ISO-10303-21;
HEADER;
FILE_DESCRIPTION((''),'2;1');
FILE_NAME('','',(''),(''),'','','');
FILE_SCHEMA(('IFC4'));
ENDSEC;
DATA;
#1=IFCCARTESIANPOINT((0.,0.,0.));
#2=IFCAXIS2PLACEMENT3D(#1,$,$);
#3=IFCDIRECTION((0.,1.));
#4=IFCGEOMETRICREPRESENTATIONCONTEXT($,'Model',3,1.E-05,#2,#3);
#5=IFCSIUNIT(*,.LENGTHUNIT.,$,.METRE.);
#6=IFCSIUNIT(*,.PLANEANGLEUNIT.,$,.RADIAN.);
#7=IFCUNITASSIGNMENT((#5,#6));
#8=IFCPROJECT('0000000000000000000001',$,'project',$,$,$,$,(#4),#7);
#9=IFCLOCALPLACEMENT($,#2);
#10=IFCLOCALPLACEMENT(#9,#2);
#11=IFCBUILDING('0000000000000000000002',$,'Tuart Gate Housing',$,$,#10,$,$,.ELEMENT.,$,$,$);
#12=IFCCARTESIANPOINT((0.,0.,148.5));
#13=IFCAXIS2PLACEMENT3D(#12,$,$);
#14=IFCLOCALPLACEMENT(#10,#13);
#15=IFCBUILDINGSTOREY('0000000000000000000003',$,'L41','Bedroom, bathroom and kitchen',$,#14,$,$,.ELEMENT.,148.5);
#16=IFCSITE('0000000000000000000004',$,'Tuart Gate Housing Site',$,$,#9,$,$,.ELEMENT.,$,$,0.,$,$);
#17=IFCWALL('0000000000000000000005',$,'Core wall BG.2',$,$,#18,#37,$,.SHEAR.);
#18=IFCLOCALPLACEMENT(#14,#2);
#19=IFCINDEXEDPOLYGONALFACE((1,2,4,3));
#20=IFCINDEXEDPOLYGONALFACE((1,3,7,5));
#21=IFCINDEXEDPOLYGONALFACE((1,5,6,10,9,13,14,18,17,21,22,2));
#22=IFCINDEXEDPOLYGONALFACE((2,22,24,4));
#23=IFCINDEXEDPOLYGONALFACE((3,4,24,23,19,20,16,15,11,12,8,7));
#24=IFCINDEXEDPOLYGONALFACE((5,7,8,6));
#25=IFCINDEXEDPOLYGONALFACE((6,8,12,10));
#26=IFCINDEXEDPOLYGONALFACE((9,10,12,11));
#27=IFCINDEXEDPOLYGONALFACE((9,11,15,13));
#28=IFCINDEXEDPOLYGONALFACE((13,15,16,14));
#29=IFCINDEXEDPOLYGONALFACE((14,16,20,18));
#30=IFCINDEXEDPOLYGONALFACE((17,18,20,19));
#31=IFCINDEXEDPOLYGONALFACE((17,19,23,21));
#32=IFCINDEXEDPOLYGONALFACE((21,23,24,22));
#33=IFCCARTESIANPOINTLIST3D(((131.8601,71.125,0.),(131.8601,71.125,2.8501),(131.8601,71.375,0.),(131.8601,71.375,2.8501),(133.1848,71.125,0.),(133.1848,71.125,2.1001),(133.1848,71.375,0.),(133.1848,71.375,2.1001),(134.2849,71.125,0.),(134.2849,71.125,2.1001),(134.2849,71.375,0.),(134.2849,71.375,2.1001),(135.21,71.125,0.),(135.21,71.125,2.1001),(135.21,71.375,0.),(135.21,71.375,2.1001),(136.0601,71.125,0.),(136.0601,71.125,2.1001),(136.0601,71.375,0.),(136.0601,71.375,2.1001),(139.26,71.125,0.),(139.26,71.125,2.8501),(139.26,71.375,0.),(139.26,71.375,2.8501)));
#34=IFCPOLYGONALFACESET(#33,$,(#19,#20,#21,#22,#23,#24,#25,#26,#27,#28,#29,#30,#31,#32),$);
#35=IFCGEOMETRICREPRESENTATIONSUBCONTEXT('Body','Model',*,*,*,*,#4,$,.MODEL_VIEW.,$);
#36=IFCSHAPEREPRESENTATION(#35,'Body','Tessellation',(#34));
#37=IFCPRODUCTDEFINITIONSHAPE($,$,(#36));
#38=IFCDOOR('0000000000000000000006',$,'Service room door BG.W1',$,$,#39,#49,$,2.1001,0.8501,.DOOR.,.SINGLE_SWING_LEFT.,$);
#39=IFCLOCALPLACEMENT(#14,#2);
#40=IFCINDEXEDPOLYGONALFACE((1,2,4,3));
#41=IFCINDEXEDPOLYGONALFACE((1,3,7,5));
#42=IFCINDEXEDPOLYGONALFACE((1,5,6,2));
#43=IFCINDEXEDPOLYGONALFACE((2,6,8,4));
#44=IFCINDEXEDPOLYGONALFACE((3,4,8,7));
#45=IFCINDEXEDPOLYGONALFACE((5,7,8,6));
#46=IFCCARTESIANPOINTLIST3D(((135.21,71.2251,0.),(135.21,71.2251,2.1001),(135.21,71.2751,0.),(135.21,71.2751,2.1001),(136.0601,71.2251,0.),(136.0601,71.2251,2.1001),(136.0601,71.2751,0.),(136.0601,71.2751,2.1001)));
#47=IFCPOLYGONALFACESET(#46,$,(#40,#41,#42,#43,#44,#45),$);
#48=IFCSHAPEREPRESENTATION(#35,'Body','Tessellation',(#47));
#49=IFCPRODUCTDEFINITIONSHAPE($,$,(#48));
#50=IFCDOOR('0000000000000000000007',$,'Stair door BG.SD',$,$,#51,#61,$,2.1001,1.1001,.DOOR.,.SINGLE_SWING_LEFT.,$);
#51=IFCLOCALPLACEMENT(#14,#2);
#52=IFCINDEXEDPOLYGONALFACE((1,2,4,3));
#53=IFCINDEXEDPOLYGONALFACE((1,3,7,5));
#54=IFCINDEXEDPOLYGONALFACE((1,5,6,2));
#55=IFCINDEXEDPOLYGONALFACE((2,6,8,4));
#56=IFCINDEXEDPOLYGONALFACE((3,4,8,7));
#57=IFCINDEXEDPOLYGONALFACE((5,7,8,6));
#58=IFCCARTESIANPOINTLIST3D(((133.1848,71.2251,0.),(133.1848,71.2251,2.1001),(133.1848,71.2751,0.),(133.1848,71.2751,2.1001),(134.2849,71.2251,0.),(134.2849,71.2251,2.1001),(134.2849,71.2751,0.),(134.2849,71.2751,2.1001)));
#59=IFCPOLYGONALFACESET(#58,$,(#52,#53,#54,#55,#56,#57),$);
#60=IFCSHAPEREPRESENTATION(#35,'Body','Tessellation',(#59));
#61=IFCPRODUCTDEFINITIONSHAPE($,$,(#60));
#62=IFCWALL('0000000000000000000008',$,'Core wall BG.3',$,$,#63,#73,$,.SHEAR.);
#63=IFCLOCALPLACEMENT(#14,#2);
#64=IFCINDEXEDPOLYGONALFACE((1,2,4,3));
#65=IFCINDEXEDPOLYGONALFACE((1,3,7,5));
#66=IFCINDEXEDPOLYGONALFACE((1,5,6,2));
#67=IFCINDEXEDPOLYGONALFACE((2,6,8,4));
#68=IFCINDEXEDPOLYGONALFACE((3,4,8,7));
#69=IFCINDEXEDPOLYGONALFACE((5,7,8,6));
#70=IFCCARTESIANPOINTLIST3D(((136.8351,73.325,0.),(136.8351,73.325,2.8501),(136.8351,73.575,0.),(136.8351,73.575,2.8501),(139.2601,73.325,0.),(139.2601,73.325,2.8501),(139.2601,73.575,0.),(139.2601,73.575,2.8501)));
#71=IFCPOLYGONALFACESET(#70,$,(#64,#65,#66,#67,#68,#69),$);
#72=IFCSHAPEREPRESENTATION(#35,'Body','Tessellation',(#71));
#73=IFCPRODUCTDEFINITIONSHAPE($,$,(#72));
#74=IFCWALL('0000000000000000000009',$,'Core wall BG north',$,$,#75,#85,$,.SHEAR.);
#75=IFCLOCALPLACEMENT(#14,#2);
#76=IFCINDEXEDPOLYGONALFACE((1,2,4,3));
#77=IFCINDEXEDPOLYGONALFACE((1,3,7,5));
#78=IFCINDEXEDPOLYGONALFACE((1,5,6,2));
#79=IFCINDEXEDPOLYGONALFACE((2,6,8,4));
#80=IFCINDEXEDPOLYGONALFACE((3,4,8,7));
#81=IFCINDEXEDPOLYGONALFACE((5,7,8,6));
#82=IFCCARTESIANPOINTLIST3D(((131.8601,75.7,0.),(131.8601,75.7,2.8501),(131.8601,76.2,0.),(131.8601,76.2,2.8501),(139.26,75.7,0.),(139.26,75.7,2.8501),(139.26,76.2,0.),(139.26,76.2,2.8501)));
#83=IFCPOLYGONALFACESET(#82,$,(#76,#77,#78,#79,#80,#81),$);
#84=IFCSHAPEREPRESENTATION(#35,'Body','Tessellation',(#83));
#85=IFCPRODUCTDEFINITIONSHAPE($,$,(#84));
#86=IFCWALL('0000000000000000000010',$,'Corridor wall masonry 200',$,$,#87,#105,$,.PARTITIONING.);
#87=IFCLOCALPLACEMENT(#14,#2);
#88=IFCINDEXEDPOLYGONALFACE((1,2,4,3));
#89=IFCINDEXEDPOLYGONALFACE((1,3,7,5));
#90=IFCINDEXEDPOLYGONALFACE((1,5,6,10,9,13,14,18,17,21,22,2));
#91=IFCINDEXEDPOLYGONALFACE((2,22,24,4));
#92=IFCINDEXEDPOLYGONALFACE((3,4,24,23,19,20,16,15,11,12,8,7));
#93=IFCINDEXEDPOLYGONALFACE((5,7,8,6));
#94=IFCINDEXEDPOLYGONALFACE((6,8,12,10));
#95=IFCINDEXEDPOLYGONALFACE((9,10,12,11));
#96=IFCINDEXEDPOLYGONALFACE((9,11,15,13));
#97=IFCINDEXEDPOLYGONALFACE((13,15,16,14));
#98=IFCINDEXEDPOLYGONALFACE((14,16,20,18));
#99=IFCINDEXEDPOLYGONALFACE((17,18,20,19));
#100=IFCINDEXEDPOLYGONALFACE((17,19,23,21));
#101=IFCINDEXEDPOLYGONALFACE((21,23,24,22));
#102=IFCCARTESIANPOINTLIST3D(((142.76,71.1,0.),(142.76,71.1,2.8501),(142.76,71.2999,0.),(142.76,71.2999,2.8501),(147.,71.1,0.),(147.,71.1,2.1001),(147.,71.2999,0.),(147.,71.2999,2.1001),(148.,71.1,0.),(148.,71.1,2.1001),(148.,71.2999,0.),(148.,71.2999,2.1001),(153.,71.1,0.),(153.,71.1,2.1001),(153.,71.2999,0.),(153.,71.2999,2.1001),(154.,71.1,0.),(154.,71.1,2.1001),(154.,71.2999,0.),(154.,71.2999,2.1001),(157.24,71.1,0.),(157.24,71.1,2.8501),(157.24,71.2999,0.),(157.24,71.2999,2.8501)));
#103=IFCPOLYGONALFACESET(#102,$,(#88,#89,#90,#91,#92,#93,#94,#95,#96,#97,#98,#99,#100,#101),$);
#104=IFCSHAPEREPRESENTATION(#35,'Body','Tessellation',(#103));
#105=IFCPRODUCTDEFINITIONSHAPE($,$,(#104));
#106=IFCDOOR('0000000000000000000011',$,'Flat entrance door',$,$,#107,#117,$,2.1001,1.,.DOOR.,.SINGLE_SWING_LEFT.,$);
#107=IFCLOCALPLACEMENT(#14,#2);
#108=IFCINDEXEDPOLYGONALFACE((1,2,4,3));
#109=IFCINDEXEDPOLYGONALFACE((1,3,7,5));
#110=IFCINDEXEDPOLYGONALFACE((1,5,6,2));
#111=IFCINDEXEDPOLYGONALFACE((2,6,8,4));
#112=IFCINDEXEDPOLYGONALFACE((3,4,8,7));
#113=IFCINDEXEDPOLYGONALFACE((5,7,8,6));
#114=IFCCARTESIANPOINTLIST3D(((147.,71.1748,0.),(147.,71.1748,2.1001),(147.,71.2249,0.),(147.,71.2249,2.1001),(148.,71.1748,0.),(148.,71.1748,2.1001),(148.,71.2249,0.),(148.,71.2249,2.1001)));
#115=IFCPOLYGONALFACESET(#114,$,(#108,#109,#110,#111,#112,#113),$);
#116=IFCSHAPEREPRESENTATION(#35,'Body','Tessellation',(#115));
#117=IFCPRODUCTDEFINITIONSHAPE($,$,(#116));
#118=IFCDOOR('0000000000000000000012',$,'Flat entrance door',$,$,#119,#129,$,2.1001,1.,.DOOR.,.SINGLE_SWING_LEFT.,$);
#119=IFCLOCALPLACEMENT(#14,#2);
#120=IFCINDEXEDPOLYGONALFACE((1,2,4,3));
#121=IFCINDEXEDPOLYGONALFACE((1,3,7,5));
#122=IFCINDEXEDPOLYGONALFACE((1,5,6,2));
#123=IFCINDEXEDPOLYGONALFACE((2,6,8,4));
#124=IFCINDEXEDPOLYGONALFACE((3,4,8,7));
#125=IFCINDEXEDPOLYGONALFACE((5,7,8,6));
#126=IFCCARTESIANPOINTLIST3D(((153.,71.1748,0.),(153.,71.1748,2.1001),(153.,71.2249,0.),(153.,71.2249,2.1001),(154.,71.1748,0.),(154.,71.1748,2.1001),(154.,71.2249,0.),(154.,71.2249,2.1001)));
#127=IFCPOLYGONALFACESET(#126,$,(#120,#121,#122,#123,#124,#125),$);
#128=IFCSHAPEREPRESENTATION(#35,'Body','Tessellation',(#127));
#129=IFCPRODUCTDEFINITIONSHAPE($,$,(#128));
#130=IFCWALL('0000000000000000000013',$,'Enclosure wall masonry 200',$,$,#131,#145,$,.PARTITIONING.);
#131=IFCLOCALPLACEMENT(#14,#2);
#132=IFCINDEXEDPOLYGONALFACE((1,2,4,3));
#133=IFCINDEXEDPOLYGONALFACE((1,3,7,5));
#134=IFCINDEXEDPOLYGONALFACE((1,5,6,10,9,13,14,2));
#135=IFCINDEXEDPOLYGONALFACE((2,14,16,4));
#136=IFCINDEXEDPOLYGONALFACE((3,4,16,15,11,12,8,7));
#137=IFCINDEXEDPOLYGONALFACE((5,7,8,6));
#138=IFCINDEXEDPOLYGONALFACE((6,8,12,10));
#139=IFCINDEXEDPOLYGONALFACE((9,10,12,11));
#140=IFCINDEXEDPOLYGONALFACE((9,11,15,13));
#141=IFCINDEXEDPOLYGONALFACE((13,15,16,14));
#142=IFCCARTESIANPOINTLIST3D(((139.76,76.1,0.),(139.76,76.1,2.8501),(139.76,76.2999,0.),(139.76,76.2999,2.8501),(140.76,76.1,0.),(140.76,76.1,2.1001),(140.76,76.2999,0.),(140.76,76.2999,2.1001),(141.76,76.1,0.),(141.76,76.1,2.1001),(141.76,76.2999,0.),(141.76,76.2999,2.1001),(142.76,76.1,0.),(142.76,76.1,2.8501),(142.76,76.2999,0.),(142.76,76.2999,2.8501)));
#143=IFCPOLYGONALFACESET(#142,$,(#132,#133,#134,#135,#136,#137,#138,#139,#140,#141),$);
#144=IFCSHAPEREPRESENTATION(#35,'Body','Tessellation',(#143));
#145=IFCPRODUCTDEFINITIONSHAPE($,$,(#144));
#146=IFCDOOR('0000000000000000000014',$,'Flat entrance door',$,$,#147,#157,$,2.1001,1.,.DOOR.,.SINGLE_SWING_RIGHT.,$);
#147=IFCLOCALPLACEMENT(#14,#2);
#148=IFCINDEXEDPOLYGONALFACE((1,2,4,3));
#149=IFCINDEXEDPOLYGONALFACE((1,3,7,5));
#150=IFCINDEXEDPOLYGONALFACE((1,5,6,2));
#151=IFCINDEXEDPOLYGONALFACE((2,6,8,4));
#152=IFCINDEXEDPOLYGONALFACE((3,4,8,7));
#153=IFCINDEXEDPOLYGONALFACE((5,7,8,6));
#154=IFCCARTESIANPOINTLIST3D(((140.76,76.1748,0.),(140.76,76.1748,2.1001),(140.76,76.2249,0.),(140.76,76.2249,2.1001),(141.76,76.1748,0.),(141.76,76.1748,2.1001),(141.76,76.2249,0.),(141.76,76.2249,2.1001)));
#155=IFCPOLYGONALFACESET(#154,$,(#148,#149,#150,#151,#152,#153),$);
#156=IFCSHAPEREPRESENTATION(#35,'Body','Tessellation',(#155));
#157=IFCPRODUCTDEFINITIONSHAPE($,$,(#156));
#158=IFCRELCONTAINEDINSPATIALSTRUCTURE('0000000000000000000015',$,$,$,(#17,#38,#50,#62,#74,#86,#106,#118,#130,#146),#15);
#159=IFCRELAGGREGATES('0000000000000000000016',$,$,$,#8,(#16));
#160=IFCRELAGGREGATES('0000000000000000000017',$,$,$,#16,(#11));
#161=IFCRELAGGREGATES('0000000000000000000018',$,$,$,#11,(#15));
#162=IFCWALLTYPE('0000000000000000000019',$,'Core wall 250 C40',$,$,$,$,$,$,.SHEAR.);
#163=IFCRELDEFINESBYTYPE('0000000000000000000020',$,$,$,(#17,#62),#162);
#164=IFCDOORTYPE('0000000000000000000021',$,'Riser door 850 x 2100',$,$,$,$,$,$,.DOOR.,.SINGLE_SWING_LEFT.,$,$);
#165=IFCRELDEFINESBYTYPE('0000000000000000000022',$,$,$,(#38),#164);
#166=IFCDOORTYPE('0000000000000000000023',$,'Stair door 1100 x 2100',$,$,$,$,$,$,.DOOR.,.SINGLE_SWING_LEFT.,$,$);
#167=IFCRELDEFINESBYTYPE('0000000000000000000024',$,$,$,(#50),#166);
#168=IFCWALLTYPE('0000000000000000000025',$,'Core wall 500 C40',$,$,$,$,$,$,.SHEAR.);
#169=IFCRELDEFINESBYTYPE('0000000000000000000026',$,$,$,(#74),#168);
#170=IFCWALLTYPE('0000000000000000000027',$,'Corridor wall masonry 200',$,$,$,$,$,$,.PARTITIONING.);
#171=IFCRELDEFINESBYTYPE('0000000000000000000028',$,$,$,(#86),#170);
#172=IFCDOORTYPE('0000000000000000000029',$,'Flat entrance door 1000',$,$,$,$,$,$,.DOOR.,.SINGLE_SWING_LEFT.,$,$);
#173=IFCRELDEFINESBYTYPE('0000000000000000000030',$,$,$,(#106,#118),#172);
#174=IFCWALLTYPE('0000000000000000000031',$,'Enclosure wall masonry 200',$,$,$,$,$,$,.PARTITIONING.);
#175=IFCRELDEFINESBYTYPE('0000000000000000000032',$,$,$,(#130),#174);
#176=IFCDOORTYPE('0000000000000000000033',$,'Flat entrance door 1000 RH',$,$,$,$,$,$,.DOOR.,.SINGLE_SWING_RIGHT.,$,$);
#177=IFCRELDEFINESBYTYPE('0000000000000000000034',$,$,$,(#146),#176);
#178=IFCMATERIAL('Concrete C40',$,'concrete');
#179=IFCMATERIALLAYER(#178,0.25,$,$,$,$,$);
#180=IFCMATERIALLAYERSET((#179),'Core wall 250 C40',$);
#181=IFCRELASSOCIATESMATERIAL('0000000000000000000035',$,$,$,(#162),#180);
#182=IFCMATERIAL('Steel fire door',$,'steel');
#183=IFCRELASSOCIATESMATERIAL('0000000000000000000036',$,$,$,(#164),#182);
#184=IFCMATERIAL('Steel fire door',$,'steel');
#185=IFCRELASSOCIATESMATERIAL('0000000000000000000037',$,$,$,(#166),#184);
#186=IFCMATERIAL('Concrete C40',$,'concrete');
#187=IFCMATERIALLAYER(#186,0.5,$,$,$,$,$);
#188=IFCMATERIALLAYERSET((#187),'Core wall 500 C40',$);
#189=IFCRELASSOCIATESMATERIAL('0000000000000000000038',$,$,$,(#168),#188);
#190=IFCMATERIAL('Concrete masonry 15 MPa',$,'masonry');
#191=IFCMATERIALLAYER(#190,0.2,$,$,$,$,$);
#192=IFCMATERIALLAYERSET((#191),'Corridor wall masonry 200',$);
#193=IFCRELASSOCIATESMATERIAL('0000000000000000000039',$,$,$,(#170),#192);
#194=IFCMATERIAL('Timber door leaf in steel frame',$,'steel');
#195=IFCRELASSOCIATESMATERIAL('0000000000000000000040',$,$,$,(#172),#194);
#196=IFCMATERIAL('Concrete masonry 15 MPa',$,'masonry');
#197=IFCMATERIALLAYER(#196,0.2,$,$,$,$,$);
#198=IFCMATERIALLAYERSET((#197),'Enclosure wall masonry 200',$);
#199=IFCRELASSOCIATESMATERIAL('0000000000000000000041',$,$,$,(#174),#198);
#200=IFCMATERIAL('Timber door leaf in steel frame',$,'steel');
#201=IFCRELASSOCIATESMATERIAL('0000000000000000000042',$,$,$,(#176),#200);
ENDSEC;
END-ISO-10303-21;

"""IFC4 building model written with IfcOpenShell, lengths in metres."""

from ifc_helpers import new_model, si_unit, direction, frame, frame_2d, origin, place, context, subcontext, project, spatial, rectangle, extrude, material, layer, layer_set, type_object, element, fill, save


model = new_model("IFC4")

# Units and contexts
model_context = context("Model", 3, precision=1e-05, world=origin(), true_north=direction((0.0, 1.0)))
body_context = subcontext(model_context, "Body", "Model", "MODEL_VIEW")
ifc_project = project(units=[si_unit("LENGTHUNIT", "METRE"), si_unit("PLANEANGLEUNIT", "RADIAN")], contexts=[model_context])

# Site, building, storey
site_placement = place(None, origin())
site = spatial("IfcSite", under=ifc_project, at=site_placement, Name="Tuart Gate Housing Site", CompositionType="ELEMENT", RefElevation=0.0)
building_placement = place(site_placement, origin())
building = spatial("IfcBuilding", under=site, at=building_placement, Name="Tuart Gate Housing", CompositionType="ELEMENT")
storey_placement = place(building_placement, frame((0.0, 0.0, 148.5)))
storey = spatial("IfcBuildingStorey", under=building, at=storey_placement, Name="L41", Description="Bedroom, bathroom and kitchen", CompositionType="ELEMENT", Elevation=148.5)

# Wall, openings, doors
ifc_material_1 = material(Name="Concrete C40", Category="concrete")
ifc_layer_1 = layer(ifc_material_1, 0.25)
ifc_layer_set_1 = layer_set([ifc_layer_1], Name="Core wall 250 C40")
wall_type_1 = type_object("IfcWallType", Name="Core wall 250 C40", PredefinedType="SHEAR", material=ifc_layer_set_1)
wall_1_placement = place(storey_placement, frame((139.26, 71.25, 0.0), z_axis=(0.0, 0.0, 1.0), x_axis=(-1.0, 0.0, 0.0)))
wall_1 = element("IfcWall", 1, at=wall_1_placement, inside=storey, type_object=wall_type_1, Name="Core wall BG.2", PredefinedType="SHEAR", context=body_context, shape_type="SweptSolid", body=[
    extrude(rectangle(XDim=7.3999, YDim=0.25, at=frame_2d((3.7, 0.0))), origin(), (0.0, 0.0, 1.0), 2.8501),
])
opening_1_placement = place(wall_1_placement, frame((4.9751, 0.0, 0.0)))
opening_1 = element("IfcOpeningElement", 2, at=opening_1_placement, cuts=wall_1, PredefinedType="OPENING", context=body_context, shape_type="SweptSolid", body=[
    extrude(rectangle(XDim=1.1001, YDim=2.1001, at=frame_2d((0.55, 1.05))), frame((0.0, 0.135, 0.0), z_axis=(0.0, -1.0, 0.0), x_axis=(1.0, 0.0, 0.0)), (0.0, 0.0, 1.0), 0.27),
])
opening_2_placement = place(wall_1_placement, frame((3.2, 0.0, 0.0)))
opening_2 = element("IfcOpeningElement", 3, at=opening_2_placement, cuts=wall_1, PredefinedType="OPENING", context=body_context, shape_type="SweptSolid", body=[
    extrude(rectangle(XDim=0.8501, YDim=2.1001, at=frame_2d((0.425, 1.05))), frame((0.0, 0.135, 0.0), z_axis=(0.0, -1.0, 0.0), x_axis=(1.0, 0.0, 0.0)), (0.0, 0.0, 1.0), 0.27),
])
ifc_material_2 = material(Name="Steel fire door", Category="steel")
door_type_1 = type_object("IfcDoorType", Name="Riser door 850 x 2100", OperationType="SINGLE_SWING_LEFT", PredefinedType="DOOR", material=ifc_material_2)
door_1_placement = place(opening_2_placement, origin())
door_1 = element("IfcDoor", 4, at=door_1_placement, inside=storey, type_object=door_type_1, Name="Service room door BG.W1", OperationType="SINGLE_SWING_LEFT", OverallHeight=2.1001, OverallWidth=0.8501, PredefinedType="DOOR", context=body_context, shape_type="SweptSolid", body=[
    extrude(rectangle(XDim=0.8501, YDim=2.1001, at=frame_2d((0.425, 1.05))), frame((0.0, 0.0249, 0.0), z_axis=(0.0, -1.0, 0.0), x_axis=(1.0, 0.0, 0.0)), (0.0, 0.0, 1.0), 0.05),
])
fill(opening_2, door_1)
ifc_material_3 = material(Name="Steel fire door", Category="steel")
door_type_2 = type_object("IfcDoorType", Name="Stair door 1100 x 2100", OperationType="SINGLE_SWING_LEFT", PredefinedType="DOOR", material=ifc_material_3)
door_2_placement = place(opening_1_placement, origin())
door_2 = element("IfcDoor", 5, at=door_2_placement, inside=storey, type_object=door_type_2, Name="Stair door BG.SD", OperationType="SINGLE_SWING_LEFT", OverallHeight=2.1001, OverallWidth=1.1001, PredefinedType="DOOR", context=body_context, shape_type="SweptSolid", body=[
    extrude(rectangle(XDim=1.1001, YDim=2.1001, at=frame_2d((0.55, 1.05))), frame((0.0, 0.0249, 0.0), z_axis=(0.0, -1.0, 0.0), x_axis=(1.0, 0.0, 0.0)), (0.0, 0.0, 1.0), 0.05),
])
fill(opening_1, door_2)

# Walls
wall_2_placement = place(storey_placement, frame((139.26, 73.45, 0.0), z_axis=(0.0, 0.0, 1.0), x_axis=(-1.0, 0.0, 0.0)))
element("IfcWall", 6, at=wall_2_placement, inside=storey, type_object=wall_type_1, Name="Core wall BG.3", PredefinedType="SHEAR", context=body_context, shape_type="SweptSolid", body=[
    extrude(rectangle(XDim=2.425, YDim=0.25, at=frame_2d((1.2124, 0.0))), origin(), (0.0, 0.0, 1.0), 2.8501),
])
ifc_material_4 = material(Name="Concrete C40", Category="concrete")
ifc_layer_2 = layer(ifc_material_4, 0.5)
ifc_layer_set_2 = layer_set([ifc_layer_2], Name="Core wall 500 C40")
wall_type_2 = type_object("IfcWallType", Name="Core wall 500 C40", PredefinedType="SHEAR", material=ifc_layer_set_2)
wall_3_placement = place(storey_placement, frame((139.26, 75.95, 0.0), z_axis=(0.0, 0.0, 1.0), x_axis=(-1.0, 0.0, 0.0)))
element("IfcWall", 7, at=wall_3_placement, inside=storey, type_object=wall_type_2, Name="Core wall BG north", PredefinedType="SHEAR", context=body_context, shape_type="SweptSolid", body=[
    extrude(rectangle(XDim=7.3999, YDim=0.5, at=frame_2d((3.7, 0.0))), origin(), (0.0, 0.0, 1.0), 2.8501),
])

# Wall, openings, doors
ifc_material_5 = material(Name="Concrete masonry 15 MPa", Category="masonry")
ifc_layer_3 = layer(ifc_material_5, 0.2)
ifc_layer_set_3 = layer_set([ifc_layer_3], Name="Corridor wall masonry 200")
wall_type_3 = type_object("IfcWallType", Name="Corridor wall masonry 200", PredefinedType="PARTITIONING", material=ifc_layer_set_3)
wall_4_placement = place(storey_placement, frame((142.76, 71.2, 0.0), z_axis=(0.0, 0.0, 1.0), x_axis=(1.0, 0.0, 0.0)))
wall_4 = element("IfcWall", 8, at=wall_4_placement, inside=storey, type_object=wall_type_3, Name="Corridor wall masonry 200", PredefinedType="PARTITIONING", context=body_context, shape_type="SweptSolid", body=[
    extrude(rectangle(XDim=14.48, YDim=0.2, at=frame_2d((7.24, 0.0))), origin(), (0.0, 0.0, 1.0), 2.8501),
])
opening_3_placement = place(wall_4_placement, frame((4.24, 0.0, 0.0)))
opening_3 = element("IfcOpeningElement", 9, at=opening_3_placement, cuts=wall_4, PredefinedType="OPENING", context=body_context, shape_type="SweptSolid", body=[
    extrude(rectangle(XDim=1.0, YDim=2.1001, at=frame_2d((0.5, 1.05))), frame((0.0, 0.1099, 0.0), z_axis=(0.0, -1.0, 0.0), x_axis=(1.0, 0.0, 0.0)), (0.0, 0.0, 1.0), 0.22),
])
opening_4_placement = place(wall_4_placement, frame((10.24, 0.0, 0.0)))
opening_4 = element("IfcOpeningElement", 10, at=opening_4_placement, cuts=wall_4, PredefinedType="OPENING", context=body_context, shape_type="SweptSolid", body=[
    extrude(rectangle(XDim=1.0, YDim=2.1001, at=frame_2d((0.5, 1.05))), frame((0.0, 0.1099, 0.0), z_axis=(0.0, -1.0, 0.0), x_axis=(1.0, 0.0, 0.0)), (0.0, 0.0, 1.0), 0.22),
])
ifc_material_6 = material(Name="Timber door leaf in steel frame", Category="steel")
door_type_3 = type_object("IfcDoorType", Name="Flat entrance door 1000", OperationType="SINGLE_SWING_LEFT", PredefinedType="DOOR", material=ifc_material_6)
door_3_placement = place(opening_3_placement, origin())
door_3 = element("IfcDoor", 11, at=door_3_placement, inside=storey, type_object=door_type_3, Name="Flat entrance door", OperationType="SINGLE_SWING_LEFT", OverallHeight=2.1001, OverallWidth=1.0, PredefinedType="DOOR", context=body_context, shape_type="SweptSolid", body=[
    extrude(rectangle(XDim=1.0, YDim=2.1001, at=frame_2d((0.5, 1.05))), frame((0.0, 0.0249, 0.0), z_axis=(0.0, -1.0, 0.0), x_axis=(1.0, 0.0, 0.0)), (0.0, 0.0, 1.0), 0.05),
])
fill(opening_3, door_3)
door_4_placement = place(opening_4_placement, origin())
door_4 = element("IfcDoor", 12, at=door_4_placement, inside=storey, type_object=door_type_3, Name="Flat entrance door", OperationType="SINGLE_SWING_LEFT", OverallHeight=2.1001, OverallWidth=1.0, PredefinedType="DOOR", context=body_context, shape_type="SweptSolid", body=[
    extrude(rectangle(XDim=1.0, YDim=2.1001, at=frame_2d((0.5, 1.05))), frame((0.0, 0.0249, 0.0), z_axis=(0.0, -1.0, 0.0), x_axis=(1.0, 0.0, 0.0)), (0.0, 0.0, 1.0), 0.05),
])
fill(opening_4, door_4)

# Wall, opening, door
ifc_material_7 = material(Name="Concrete masonry 15 MPa", Category="masonry")
ifc_layer_4 = layer(ifc_material_7, 0.2)
ifc_layer_set_4 = layer_set([ifc_layer_4], Name="Enclosure wall masonry 200")
wall_type_4 = type_object("IfcWallType", Name="Enclosure wall masonry 200", PredefinedType="PARTITIONING", material=ifc_layer_set_4)
wall_5_placement = place(storey_placement, frame((139.76, 76.2, 0.0), z_axis=(0.0, 0.0, 1.0), x_axis=(1.0, 0.0, 0.0)))
wall_5 = element("IfcWall", 13, at=wall_5_placement, inside=storey, type_object=wall_type_4, Name="Enclosure wall masonry 200", PredefinedType="PARTITIONING", context=body_context, shape_type="SweptSolid", body=[
    extrude(rectangle(XDim=3.0, YDim=0.2, at=frame_2d((1.5, 0.0))), origin(), (0.0, 0.0, 1.0), 2.8501),
])
opening_5_placement = place(wall_5_placement, frame((1.0, 0.0, 0.0)))
opening_5 = element("IfcOpeningElement", 14, at=opening_5_placement, cuts=wall_5, PredefinedType="OPENING", context=body_context, shape_type="SweptSolid", body=[
    extrude(rectangle(XDim=1.0, YDim=2.1001, at=frame_2d((0.5, 1.05))), frame((0.0, 0.1099, 0.0), z_axis=(0.0, -1.0, 0.0), x_axis=(1.0, 0.0, 0.0)), (0.0, 0.0, 1.0), 0.22),
])
ifc_material_8 = material(Name="Timber door leaf in steel frame", Category="steel")
door_type_4 = type_object("IfcDoorType", Name="Flat entrance door 1000 RH", OperationType="SINGLE_SWING_RIGHT", PredefinedType="DOOR", material=ifc_material_8)
door_5_placement = place(opening_5_placement, origin())
door_5 = element("IfcDoor", 15, at=door_5_placement, inside=storey, type_object=door_type_4, Name="Flat entrance door", OperationType="SINGLE_SWING_RIGHT", OverallHeight=2.1001, OverallWidth=1.0, PredefinedType="DOOR", context=body_context, shape_type="SweptSolid", body=[
    extrude(rectangle(XDim=1.0, YDim=2.1001, at=frame_2d((0.5, 1.05))), frame((0.0, 0.0249, 0.0), z_axis=(0.0, -1.0, 0.0), x_axis=(1.0, 0.0, 0.0)), (0.0, 0.0, 1.0), 0.05),
])
fill(opening_5, door_5)

save(model, "model.ifc")
